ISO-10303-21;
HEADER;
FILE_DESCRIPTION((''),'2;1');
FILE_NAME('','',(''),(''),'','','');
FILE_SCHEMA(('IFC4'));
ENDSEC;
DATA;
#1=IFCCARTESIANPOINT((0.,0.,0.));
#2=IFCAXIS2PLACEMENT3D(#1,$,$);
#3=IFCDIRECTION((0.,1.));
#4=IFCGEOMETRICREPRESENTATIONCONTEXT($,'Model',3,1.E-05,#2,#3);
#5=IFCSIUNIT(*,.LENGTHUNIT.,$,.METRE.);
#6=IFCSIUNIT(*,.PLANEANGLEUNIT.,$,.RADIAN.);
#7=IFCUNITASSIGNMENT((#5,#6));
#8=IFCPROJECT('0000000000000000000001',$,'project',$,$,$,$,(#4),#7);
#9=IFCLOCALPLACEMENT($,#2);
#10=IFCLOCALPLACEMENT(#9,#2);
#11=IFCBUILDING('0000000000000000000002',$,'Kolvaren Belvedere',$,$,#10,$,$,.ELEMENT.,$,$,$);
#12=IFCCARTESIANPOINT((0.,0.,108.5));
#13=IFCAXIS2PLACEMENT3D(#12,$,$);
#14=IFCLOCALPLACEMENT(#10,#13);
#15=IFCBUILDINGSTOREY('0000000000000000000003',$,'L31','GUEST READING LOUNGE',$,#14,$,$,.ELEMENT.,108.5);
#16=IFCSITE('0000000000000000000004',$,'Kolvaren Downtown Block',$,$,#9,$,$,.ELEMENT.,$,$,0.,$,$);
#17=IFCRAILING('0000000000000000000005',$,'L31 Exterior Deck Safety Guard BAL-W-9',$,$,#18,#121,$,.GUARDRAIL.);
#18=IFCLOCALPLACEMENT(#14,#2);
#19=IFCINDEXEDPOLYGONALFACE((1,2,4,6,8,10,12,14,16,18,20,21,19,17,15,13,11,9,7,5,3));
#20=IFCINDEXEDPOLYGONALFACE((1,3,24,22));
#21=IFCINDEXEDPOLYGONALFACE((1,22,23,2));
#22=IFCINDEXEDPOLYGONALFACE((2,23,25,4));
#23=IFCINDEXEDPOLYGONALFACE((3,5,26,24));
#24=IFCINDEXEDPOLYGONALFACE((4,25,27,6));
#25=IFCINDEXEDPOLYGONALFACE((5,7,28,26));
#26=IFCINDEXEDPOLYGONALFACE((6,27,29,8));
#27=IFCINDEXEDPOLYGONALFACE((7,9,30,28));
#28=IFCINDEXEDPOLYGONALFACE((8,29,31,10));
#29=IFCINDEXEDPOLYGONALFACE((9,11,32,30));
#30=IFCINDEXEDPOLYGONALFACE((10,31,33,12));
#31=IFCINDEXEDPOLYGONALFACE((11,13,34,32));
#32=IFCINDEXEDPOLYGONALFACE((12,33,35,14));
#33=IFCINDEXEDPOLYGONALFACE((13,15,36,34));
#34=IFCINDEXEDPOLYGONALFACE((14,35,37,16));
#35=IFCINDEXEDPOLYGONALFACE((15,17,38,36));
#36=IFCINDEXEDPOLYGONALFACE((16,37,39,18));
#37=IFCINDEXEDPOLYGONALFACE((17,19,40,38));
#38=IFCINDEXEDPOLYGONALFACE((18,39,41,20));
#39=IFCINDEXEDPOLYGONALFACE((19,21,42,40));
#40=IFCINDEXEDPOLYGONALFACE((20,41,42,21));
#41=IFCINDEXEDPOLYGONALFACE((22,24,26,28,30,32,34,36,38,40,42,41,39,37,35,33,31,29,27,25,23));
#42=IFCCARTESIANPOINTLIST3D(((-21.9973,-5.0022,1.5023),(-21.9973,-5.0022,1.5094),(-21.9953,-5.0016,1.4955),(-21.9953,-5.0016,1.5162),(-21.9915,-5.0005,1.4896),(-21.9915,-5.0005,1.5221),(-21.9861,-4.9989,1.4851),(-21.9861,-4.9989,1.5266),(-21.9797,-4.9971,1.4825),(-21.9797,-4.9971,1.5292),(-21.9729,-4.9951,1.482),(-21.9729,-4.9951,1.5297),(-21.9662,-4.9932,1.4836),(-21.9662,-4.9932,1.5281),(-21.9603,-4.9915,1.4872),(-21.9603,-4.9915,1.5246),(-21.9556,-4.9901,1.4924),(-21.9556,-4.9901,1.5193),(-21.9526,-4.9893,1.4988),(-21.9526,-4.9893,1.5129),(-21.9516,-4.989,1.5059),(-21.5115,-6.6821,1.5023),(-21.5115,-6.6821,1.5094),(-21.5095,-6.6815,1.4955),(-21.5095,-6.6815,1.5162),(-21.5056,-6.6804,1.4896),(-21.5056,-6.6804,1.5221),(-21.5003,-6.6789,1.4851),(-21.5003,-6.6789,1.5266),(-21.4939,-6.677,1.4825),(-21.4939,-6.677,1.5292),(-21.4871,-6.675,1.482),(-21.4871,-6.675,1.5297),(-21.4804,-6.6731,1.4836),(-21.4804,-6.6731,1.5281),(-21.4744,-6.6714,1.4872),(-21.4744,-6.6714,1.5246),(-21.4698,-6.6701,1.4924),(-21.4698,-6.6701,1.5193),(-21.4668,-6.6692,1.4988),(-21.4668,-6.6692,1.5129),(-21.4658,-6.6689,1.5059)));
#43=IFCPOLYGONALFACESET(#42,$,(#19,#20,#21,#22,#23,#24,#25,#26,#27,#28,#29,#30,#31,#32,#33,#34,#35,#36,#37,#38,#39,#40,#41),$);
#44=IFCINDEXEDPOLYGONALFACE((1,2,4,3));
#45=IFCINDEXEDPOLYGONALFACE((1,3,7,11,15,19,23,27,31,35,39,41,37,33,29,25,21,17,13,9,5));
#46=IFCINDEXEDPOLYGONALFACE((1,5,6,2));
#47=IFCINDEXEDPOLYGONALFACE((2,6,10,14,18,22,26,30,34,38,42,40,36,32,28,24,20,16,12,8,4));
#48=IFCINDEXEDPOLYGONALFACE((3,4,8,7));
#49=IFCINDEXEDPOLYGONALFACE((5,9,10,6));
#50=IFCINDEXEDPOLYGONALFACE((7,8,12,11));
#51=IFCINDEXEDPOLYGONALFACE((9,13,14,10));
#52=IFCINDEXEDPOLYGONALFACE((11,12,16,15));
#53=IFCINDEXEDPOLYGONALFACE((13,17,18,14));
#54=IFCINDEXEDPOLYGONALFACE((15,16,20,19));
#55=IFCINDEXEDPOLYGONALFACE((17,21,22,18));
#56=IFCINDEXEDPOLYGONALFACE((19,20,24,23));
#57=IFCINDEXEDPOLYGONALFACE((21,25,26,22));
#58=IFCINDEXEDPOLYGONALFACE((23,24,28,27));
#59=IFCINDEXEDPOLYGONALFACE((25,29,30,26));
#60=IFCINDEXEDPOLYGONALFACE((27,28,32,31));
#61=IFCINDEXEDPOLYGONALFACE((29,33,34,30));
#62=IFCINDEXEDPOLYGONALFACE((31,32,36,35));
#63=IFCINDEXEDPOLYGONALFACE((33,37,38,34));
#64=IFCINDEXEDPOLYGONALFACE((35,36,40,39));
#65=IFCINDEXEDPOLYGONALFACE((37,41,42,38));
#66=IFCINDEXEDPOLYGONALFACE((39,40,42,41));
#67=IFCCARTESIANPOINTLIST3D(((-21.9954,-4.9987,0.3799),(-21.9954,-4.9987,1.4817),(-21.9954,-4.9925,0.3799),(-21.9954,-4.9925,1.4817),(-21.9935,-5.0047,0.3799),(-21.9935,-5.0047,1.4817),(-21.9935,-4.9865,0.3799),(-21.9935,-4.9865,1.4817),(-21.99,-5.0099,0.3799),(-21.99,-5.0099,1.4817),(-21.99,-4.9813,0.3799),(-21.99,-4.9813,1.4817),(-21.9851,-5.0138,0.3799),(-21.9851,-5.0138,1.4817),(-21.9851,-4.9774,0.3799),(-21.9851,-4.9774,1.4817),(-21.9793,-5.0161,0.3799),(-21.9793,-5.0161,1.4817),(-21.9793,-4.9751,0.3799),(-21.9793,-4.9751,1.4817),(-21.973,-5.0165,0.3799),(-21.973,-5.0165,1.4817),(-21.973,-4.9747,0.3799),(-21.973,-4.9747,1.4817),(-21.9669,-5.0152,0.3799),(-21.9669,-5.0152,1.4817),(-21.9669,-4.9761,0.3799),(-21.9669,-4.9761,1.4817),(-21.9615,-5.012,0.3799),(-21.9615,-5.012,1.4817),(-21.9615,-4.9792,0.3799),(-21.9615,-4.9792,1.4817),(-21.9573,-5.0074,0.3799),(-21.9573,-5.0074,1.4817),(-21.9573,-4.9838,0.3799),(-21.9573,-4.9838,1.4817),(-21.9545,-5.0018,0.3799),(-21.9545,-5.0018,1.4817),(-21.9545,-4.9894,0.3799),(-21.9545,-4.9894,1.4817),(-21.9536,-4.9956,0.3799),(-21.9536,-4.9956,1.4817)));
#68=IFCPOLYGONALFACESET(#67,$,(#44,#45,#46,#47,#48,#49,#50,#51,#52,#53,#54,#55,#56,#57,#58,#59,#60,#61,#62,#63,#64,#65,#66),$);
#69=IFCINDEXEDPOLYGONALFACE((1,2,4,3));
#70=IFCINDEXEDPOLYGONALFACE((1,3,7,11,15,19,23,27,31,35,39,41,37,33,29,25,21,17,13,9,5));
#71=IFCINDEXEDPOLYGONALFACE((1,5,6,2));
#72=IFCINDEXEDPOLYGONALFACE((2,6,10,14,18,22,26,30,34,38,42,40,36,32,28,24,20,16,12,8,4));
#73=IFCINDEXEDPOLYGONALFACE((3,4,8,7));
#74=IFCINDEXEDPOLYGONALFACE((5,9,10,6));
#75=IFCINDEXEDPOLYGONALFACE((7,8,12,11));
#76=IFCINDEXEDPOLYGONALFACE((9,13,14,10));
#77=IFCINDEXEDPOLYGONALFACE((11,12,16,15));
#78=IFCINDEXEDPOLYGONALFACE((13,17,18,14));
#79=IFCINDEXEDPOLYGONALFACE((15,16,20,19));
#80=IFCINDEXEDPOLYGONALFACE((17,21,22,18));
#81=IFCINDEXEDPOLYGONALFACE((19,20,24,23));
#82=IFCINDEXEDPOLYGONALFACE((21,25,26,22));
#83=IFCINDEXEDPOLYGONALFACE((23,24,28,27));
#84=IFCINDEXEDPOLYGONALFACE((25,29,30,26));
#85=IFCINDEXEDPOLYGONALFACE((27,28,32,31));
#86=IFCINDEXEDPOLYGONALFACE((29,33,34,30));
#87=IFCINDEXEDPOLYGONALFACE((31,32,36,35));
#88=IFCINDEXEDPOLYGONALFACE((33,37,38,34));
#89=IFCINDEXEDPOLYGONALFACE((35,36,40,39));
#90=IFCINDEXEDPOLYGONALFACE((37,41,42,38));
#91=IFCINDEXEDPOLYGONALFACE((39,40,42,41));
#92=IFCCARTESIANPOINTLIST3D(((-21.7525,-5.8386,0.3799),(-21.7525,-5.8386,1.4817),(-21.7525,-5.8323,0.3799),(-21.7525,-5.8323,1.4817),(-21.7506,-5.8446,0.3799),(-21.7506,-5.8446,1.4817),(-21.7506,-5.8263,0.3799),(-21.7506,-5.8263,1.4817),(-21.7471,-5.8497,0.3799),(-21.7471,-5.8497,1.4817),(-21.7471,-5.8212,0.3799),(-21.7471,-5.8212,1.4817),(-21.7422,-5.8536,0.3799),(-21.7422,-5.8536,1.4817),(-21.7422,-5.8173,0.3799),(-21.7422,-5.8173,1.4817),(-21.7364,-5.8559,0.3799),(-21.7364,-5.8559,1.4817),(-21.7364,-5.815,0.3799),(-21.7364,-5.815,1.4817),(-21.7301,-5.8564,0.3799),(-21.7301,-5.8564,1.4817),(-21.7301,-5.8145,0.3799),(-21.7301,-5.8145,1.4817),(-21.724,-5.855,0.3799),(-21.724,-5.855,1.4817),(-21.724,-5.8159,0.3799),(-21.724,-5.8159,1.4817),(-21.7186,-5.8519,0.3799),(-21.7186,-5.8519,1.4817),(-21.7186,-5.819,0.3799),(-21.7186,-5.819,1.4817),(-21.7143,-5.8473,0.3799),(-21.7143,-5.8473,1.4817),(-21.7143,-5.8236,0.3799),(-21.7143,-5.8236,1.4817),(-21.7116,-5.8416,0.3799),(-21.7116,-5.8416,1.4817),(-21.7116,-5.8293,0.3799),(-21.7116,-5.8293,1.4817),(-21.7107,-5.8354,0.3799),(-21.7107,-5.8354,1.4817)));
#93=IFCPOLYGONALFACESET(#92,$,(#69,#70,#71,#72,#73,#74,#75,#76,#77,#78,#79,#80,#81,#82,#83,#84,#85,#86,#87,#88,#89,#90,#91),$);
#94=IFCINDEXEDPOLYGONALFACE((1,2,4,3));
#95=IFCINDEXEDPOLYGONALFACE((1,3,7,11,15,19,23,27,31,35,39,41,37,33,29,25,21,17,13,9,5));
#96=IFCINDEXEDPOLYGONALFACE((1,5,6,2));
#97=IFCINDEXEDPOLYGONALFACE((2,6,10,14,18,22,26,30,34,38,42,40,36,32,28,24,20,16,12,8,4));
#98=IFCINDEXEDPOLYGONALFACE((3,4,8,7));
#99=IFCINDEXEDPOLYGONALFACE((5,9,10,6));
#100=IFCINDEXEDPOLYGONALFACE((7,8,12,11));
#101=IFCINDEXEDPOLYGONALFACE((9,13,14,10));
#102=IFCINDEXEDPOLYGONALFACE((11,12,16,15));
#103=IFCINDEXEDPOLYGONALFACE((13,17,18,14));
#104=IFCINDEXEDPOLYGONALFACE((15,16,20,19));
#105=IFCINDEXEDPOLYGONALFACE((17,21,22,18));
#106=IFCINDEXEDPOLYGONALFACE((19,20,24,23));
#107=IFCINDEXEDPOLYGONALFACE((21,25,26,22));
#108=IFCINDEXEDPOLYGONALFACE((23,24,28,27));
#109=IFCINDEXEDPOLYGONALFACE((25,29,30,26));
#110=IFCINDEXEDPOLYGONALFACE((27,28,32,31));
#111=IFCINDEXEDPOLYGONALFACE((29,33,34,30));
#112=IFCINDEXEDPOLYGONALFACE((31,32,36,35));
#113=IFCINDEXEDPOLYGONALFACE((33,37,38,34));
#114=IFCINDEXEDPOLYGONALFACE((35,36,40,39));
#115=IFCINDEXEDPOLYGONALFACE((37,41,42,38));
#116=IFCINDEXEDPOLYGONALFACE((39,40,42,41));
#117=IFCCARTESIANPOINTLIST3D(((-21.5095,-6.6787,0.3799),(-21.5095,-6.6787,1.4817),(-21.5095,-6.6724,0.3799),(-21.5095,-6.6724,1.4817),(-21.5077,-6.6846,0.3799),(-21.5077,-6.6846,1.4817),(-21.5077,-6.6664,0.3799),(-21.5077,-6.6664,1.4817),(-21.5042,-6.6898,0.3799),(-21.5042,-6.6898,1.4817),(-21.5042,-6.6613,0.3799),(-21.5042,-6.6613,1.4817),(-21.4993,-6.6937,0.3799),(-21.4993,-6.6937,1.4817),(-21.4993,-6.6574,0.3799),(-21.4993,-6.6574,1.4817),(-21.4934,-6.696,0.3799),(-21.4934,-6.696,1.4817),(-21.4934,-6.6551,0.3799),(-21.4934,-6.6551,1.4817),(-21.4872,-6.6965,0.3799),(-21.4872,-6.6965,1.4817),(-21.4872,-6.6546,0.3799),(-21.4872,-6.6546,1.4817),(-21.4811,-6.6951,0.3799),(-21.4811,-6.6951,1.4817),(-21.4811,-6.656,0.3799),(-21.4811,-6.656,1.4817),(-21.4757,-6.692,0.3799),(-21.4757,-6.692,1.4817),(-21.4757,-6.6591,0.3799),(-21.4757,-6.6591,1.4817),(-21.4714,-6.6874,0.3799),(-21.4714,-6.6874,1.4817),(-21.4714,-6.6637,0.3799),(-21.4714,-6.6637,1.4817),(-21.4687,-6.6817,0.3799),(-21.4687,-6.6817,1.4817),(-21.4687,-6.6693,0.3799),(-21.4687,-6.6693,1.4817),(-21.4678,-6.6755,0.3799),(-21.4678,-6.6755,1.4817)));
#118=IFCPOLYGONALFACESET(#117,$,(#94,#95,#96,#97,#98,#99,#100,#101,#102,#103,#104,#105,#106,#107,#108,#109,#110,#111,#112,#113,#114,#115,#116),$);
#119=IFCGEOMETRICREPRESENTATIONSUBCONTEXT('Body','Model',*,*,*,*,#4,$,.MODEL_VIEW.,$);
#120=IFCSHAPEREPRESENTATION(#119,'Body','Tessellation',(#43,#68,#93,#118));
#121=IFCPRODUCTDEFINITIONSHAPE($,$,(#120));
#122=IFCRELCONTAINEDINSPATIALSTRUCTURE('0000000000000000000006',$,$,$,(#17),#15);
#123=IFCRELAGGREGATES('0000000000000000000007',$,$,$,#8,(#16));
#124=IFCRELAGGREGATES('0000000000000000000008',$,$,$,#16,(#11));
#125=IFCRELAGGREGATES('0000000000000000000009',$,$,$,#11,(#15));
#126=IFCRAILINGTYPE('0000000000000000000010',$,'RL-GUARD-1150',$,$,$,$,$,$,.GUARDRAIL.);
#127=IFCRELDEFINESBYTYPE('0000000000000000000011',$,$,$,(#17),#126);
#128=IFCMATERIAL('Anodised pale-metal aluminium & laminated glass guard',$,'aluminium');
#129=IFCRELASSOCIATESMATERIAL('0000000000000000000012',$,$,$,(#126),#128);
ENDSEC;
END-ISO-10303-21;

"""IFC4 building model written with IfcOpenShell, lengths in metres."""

from ifc_helpers import new_model, si_unit, direction, frame, origin, origin_2d, place, context, subcontext, project, spatial, circle, extrude, material, type_object, element, save


model = new_model("IFC4")

# Units and contexts
model_context = context("Model", 3, precision=1e-05, world=origin(), true_north=direction((0.0, 1.0)))
body_context = subcontext(model_context, "Body", "Model", "MODEL_VIEW")
ifc_project = project(units=[si_unit("LENGTHUNIT", "METRE"), si_unit("PLANEANGLEUNIT", "RADIAN")], contexts=[model_context])

# Site, building, storey
site_placement = place(None, origin())
site = spatial("IfcSite", under=ifc_project, at=site_placement, Name="Kolvaren Downtown Block", CompositionType="ELEMENT", RefElevation=0.0)
building_placement = place(site_placement, origin())
building = spatial("IfcBuilding", under=site, at=building_placement, Name="Kolvaren Belvedere", CompositionType="ELEMENT")
storey_placement = place(building_placement, frame((0.0, 0.0, 108.5)))
storey = spatial("IfcBuildingStorey", under=building, at=storey_placement, Name="L31", Description="GUEST READING LOUNGE", CompositionType="ELEMENT", Elevation=108.5)

# Railing
ifc_material_1 = material(Name="Anodised pale-metal aluminium & laminated glass guard", Category="aluminium")
railing_type = type_object("IfcRailingType", Name="RL-GUARD-1150", PredefinedType="GUARDRAIL", material=ifc_material_1)
railing_1_placement = place(storey_placement, frame((-21.9746, -4.9956, 0.3799)))
element("IfcRailing", 1, at=railing_1_placement, inside=storey, type_object=railing_type, Name="L31 Exterior Deck Safety Guard BAL-W-9", PredefinedType="GUARDRAIL", context=body_context, shape_type="SweptSolid", body=[
    extrude(circle(Radius=0.0239, at=origin_2d()), frame((0.0, 0.0, 1.126), z_axis=(0.277817, -0.960634, 0.0), x_axis=(0.960634, 0.277817, 0.0)), (0.0, 0.0, 1.0), 1.7488),
    extrude(circle(Radius=0.021, at=origin_2d()), origin(), (0.0, 0.0, 1.0), 1.1018),
    extrude(circle(Radius=0.021, at=origin_2d()), frame((0.2429, -0.8398, 0.0)), (0.0, 0.0, 1.0), 1.1018),
    extrude(circle(Radius=0.021, at=origin_2d()), frame((0.4858, -1.6799, 0.0)), (0.0, 0.0, 1.0), 1.1018),
])

save(model, "model.ifc")
